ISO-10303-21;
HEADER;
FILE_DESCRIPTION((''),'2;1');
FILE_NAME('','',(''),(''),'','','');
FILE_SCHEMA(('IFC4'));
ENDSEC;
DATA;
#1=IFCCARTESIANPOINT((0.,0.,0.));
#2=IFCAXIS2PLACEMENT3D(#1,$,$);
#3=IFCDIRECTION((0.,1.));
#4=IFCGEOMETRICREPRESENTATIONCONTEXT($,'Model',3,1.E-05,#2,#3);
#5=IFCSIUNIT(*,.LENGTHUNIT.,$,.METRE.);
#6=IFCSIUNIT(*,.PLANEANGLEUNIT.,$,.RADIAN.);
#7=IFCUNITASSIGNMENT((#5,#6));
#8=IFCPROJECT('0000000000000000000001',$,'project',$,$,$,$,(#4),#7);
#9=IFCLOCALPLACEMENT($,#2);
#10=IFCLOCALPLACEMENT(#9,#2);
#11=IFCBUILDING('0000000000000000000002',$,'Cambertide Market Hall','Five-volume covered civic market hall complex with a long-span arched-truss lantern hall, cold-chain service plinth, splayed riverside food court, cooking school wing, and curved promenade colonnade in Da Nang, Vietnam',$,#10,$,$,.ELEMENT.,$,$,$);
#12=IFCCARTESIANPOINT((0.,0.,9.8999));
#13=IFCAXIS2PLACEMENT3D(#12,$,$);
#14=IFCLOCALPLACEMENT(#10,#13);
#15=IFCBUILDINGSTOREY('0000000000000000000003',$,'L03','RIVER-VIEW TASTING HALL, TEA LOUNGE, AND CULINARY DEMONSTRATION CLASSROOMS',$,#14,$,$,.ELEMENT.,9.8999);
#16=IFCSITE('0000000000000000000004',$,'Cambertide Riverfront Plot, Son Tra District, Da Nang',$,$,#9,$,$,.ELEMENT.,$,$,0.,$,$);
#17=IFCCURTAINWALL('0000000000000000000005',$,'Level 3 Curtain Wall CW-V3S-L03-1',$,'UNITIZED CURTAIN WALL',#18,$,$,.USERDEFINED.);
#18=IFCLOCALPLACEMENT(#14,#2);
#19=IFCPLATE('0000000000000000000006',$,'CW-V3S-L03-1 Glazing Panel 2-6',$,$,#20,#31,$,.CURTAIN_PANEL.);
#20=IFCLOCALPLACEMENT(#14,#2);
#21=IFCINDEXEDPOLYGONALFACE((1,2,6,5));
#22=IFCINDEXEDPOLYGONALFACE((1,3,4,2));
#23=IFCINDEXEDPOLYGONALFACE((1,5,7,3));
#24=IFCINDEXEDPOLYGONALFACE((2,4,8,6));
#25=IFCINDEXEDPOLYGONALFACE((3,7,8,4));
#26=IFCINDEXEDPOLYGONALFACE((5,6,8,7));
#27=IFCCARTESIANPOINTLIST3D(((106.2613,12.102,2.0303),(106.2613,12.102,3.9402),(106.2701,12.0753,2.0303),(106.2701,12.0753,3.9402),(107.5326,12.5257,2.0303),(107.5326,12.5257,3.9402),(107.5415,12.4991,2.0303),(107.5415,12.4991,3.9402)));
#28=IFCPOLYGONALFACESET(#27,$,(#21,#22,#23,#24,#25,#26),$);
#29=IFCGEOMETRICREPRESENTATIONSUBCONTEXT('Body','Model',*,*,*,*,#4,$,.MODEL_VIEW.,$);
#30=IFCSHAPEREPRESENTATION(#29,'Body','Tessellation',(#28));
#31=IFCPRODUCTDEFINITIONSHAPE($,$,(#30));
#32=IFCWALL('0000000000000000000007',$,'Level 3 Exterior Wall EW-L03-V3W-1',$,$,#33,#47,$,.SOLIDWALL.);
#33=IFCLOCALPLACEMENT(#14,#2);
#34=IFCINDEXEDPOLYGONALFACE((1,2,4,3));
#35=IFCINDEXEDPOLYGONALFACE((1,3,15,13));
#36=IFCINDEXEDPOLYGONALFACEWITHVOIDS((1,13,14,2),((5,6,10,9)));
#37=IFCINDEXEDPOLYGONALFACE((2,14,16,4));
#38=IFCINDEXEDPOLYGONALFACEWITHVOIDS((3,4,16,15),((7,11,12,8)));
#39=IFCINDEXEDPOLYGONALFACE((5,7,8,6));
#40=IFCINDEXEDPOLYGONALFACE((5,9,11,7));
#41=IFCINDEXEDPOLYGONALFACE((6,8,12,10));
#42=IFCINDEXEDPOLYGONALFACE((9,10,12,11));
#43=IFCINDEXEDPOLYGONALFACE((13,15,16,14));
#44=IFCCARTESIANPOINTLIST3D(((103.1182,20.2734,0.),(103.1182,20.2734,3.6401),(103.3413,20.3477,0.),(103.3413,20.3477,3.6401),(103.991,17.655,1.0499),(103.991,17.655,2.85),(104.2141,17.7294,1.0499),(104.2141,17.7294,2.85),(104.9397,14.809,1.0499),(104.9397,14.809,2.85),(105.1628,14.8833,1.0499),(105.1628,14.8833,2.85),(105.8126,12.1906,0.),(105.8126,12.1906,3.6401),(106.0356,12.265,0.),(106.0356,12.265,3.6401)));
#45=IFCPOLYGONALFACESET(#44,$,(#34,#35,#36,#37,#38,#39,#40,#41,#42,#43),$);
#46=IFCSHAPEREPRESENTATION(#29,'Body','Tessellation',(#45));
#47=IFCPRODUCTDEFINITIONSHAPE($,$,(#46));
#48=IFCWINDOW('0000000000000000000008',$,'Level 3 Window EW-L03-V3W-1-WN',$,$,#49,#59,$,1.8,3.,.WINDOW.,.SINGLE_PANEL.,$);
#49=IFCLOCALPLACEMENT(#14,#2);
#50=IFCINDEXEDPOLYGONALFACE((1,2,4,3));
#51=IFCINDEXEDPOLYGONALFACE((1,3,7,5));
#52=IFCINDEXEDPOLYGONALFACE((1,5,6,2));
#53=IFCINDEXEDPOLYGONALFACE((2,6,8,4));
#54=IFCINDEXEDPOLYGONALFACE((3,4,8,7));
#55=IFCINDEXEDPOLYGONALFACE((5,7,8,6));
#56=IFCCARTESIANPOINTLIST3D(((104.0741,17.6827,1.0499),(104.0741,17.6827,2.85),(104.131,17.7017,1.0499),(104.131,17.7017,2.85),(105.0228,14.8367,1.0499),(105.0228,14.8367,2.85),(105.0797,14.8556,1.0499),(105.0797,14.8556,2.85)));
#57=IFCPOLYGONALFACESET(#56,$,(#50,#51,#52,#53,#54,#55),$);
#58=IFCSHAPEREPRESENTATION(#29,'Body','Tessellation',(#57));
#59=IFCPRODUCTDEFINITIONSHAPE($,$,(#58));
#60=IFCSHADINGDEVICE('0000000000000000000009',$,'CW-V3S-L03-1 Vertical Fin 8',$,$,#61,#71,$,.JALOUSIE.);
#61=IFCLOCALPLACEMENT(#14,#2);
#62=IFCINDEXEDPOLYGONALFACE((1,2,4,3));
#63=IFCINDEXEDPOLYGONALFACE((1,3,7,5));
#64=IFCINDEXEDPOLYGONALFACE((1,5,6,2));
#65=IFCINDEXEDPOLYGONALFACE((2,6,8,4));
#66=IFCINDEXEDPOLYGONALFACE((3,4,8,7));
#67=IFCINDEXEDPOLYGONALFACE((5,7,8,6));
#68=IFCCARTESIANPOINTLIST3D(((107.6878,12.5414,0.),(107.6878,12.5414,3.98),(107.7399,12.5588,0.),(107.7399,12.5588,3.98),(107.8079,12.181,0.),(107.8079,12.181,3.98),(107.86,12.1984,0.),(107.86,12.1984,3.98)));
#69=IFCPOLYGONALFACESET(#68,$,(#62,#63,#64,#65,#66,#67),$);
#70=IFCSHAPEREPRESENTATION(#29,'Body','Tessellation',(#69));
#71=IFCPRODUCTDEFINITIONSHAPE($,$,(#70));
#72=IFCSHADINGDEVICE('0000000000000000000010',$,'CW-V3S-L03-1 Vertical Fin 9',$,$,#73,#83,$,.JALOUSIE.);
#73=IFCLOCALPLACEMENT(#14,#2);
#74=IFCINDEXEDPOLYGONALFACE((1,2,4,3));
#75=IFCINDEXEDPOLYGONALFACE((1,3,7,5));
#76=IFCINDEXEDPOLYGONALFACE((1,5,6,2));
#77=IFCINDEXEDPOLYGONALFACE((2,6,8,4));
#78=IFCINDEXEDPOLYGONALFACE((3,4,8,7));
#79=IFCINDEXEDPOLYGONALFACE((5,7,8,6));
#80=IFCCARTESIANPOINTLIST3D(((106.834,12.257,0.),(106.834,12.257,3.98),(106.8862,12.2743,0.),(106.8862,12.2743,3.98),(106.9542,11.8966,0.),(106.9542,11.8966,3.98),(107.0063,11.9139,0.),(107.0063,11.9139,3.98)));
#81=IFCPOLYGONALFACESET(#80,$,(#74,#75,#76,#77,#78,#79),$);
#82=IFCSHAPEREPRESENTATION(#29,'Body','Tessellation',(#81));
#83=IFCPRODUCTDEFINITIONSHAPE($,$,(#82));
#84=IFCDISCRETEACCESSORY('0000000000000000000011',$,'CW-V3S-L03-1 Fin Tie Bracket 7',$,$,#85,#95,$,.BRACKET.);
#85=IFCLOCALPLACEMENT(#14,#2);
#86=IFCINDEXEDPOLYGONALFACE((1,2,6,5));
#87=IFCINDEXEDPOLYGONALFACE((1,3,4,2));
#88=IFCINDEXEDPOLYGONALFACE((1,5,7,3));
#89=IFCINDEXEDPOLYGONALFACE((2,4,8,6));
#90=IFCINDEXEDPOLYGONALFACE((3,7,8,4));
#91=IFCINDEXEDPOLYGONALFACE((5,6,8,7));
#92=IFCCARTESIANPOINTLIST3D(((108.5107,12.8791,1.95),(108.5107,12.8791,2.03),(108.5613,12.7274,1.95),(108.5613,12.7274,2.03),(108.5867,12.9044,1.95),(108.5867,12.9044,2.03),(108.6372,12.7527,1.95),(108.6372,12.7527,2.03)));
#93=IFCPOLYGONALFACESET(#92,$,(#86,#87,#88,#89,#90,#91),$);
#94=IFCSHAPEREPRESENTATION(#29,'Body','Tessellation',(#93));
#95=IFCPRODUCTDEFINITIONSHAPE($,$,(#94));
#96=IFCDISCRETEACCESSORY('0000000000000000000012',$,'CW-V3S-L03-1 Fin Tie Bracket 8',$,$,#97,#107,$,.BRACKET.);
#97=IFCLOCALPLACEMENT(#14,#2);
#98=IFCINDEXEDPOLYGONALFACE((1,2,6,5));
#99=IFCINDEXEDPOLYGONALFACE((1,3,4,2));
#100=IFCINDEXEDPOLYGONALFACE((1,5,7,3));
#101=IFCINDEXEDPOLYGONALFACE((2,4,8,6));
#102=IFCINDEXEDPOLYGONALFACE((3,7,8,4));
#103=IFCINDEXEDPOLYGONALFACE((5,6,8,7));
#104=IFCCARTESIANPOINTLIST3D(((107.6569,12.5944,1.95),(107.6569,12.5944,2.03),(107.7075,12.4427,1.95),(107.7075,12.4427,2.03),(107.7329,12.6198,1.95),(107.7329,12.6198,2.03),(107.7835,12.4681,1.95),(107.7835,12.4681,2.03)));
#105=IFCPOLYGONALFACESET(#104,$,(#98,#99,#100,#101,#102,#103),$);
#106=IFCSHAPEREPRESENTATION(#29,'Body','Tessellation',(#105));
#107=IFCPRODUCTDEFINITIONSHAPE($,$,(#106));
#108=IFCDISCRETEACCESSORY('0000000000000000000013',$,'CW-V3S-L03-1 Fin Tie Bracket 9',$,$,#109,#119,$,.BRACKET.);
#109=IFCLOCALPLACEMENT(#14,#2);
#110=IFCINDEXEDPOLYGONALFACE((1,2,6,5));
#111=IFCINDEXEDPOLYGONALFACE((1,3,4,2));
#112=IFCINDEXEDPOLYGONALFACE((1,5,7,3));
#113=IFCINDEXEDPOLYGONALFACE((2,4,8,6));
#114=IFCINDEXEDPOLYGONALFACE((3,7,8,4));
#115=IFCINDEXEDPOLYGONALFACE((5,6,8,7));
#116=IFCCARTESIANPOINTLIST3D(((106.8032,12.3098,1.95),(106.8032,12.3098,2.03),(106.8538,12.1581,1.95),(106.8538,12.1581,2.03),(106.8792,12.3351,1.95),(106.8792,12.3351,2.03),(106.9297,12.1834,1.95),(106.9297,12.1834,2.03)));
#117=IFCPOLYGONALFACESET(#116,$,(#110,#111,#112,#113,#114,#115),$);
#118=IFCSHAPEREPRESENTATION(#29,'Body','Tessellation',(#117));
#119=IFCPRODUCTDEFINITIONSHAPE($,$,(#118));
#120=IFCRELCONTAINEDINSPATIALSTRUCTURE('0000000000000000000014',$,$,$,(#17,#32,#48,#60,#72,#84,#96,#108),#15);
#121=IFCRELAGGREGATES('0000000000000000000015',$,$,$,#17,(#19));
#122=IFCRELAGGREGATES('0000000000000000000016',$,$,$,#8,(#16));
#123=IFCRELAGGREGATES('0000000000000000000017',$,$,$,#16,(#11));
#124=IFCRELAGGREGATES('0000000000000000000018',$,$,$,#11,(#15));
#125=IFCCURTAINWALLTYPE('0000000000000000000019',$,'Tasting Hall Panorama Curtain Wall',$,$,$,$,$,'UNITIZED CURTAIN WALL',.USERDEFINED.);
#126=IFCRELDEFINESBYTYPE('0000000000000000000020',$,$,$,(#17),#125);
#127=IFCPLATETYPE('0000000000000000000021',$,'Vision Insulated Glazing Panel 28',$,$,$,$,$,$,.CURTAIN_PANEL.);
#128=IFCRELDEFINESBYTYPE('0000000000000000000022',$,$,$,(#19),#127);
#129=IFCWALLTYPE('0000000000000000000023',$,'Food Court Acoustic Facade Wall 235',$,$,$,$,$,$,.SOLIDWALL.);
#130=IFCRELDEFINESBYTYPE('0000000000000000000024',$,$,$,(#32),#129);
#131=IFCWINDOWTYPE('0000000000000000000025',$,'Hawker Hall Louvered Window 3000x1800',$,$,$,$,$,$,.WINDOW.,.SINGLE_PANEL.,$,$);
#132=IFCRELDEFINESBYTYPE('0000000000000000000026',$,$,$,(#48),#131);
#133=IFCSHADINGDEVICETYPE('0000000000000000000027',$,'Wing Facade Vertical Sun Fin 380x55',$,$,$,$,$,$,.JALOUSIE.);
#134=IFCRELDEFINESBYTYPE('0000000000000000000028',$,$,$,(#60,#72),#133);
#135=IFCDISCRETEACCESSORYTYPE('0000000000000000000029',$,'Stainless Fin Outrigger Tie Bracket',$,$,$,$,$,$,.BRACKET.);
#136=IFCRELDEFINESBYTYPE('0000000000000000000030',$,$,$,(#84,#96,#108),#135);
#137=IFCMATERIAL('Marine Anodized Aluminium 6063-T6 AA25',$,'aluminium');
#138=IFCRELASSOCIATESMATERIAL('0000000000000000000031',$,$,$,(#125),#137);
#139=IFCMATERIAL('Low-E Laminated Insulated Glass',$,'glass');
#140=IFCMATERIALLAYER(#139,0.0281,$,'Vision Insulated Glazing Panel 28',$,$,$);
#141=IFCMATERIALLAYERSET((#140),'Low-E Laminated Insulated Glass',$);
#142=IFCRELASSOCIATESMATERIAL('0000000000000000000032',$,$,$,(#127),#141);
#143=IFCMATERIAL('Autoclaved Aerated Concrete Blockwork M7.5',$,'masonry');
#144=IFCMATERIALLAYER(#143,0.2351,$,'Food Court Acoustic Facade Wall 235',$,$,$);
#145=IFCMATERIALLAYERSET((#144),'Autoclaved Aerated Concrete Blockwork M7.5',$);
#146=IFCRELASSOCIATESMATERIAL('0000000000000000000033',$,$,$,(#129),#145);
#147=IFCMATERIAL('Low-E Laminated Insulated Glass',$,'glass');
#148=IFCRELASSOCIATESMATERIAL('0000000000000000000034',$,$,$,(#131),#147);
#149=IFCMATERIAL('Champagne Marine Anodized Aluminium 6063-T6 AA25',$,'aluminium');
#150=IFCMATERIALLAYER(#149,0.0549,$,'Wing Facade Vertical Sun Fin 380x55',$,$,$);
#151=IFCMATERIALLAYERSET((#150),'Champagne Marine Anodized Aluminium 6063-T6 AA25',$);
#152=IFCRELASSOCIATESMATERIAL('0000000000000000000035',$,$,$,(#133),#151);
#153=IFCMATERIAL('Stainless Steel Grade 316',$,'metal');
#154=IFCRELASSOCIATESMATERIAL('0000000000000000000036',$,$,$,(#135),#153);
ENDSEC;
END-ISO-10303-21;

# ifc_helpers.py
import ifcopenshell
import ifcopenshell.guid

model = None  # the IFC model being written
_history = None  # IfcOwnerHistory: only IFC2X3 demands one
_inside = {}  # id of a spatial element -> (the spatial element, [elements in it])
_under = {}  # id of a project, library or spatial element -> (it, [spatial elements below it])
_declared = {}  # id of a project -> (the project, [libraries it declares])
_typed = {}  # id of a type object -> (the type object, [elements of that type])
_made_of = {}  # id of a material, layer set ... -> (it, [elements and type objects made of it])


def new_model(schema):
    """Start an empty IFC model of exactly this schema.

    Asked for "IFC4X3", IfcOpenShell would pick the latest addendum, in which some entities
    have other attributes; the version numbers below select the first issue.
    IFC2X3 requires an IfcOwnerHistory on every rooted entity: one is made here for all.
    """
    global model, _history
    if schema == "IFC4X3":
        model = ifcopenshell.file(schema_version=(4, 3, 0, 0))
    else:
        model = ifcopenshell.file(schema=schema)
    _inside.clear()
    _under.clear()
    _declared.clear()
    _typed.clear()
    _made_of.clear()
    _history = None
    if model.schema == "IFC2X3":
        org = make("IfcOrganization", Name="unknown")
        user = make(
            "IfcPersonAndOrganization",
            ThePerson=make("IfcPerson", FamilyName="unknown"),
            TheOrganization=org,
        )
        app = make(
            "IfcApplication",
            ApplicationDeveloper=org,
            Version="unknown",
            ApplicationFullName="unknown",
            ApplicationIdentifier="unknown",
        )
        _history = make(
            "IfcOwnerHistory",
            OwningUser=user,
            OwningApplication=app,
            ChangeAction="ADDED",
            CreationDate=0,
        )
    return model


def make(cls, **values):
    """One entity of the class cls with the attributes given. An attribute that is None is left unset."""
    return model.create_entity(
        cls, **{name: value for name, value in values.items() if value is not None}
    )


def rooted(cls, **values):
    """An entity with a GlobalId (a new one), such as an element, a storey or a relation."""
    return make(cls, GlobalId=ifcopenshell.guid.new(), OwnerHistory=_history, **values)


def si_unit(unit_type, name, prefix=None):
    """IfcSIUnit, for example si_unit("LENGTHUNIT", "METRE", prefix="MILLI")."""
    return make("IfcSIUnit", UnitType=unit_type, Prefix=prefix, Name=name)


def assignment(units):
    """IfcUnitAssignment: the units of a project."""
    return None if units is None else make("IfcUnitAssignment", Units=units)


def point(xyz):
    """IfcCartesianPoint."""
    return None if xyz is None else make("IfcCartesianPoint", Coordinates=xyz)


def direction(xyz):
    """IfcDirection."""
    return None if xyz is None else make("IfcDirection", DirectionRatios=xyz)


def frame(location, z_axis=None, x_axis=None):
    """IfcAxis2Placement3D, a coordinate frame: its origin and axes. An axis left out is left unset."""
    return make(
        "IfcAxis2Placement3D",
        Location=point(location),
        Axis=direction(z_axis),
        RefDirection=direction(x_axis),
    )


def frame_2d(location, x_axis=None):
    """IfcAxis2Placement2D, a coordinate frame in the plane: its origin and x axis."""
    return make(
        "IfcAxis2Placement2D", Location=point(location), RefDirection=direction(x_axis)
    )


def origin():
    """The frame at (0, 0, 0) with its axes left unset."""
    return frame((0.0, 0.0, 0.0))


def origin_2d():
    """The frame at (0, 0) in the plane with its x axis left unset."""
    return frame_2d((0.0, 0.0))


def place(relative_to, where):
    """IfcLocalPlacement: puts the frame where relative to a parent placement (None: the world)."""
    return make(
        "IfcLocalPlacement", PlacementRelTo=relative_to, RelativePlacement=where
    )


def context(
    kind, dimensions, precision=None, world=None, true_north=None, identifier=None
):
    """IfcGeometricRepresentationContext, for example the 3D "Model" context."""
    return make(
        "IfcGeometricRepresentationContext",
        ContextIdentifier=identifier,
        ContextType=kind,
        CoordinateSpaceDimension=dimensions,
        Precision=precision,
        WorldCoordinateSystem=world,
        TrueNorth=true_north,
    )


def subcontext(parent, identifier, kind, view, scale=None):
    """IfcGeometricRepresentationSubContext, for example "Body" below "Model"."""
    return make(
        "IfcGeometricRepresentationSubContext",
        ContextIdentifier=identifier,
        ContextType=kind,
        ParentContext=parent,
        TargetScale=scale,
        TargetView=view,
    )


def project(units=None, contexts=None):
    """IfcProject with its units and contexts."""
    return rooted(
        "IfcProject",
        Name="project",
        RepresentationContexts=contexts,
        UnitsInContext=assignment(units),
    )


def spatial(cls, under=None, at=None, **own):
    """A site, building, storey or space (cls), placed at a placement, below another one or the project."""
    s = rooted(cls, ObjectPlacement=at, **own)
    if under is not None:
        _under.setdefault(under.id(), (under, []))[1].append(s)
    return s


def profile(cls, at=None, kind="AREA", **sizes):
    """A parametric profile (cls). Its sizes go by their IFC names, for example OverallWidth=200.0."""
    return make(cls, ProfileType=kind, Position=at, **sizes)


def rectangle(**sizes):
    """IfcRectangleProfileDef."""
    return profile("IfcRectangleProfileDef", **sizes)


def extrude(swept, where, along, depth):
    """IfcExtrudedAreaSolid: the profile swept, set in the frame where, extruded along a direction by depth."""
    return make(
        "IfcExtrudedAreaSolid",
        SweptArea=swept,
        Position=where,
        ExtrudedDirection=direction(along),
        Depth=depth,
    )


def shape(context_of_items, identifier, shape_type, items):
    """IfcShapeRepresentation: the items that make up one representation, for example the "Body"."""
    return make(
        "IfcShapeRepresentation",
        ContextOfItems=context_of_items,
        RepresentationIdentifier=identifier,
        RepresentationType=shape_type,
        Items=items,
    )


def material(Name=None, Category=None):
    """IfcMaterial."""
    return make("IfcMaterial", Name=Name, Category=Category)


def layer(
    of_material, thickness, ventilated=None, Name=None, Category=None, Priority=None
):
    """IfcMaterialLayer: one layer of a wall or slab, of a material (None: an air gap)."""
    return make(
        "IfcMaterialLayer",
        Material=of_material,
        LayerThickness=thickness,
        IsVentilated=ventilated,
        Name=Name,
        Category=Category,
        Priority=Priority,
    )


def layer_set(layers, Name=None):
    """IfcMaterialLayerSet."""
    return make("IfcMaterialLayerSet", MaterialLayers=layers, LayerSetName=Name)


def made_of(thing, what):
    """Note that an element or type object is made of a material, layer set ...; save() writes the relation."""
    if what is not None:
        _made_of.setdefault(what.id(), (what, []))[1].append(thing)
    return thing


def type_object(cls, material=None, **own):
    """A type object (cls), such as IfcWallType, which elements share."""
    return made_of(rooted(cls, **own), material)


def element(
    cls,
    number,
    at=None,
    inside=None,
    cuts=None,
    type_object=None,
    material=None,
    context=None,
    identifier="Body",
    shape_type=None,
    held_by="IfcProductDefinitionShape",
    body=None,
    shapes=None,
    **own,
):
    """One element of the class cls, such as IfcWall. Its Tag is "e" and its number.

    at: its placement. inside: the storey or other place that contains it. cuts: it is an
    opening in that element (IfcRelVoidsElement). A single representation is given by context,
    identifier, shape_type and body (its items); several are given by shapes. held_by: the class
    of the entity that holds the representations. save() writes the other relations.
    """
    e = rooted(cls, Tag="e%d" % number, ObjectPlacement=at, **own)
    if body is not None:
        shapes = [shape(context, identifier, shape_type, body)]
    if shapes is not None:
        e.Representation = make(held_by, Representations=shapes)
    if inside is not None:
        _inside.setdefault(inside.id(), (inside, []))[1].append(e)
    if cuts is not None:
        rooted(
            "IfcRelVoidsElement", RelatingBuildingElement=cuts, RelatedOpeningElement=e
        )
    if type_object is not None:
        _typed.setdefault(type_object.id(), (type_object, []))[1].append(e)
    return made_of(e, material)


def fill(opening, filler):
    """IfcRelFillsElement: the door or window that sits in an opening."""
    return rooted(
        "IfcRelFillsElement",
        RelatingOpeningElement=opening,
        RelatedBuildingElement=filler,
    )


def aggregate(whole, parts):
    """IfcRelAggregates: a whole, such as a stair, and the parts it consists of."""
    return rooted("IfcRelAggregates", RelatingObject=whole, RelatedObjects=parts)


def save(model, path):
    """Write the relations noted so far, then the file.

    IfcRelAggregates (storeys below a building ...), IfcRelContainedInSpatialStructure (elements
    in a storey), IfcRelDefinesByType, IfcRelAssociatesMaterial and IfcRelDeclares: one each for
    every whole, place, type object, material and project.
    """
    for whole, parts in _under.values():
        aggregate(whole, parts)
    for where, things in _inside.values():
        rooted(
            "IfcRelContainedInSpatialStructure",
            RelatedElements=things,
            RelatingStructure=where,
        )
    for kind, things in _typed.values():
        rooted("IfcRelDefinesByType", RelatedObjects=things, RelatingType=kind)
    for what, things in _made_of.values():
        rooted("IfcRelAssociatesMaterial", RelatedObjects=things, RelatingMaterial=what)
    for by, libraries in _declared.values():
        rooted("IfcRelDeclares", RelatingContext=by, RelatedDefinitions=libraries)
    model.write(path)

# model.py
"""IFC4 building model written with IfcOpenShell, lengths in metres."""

from ifc_helpers import new_model, si_unit, direction, frame, frame_2d, origin, origin_2d, place, context, subcontext, project, spatial, rectangle, extrude, material, layer, layer_set, type_object, element, fill, aggregate, save


model = new_model("IFC4")

# Units and contexts
model_context = context("Model", 3, precision=1e-05, world=origin(), true_north=direction((0.0, 1.0)))
body_context = subcontext(model_context, "Body", "Model", "MODEL_VIEW")
ifc_project = project(units=[si_unit("LENGTHUNIT", "METRE"), si_unit("PLANEANGLEUNIT", "RADIAN")], contexts=[model_context])

# Site, building, storey
site_placement = place(None, origin())
site = spatial("IfcSite", under=ifc_project, at=site_placement, Name="Cambertide Riverfront Plot, Son Tra District, Da Nang", CompositionType="ELEMENT", RefElevation=0.0)
building_placement = place(site_placement, origin())
building = spatial("IfcBuilding", under=site, at=building_placement, Name="Cambertide Market Hall", Description="Five-volume covered civic market hall complex with a long-span arched-truss lantern hall, cold-chain service plinth, splayed riverside food court, cooking school wing, and curved promenade colonnade in Da Nang, Vietnam", CompositionType="ELEMENT")
storey_placement = place(building_placement, frame((0.0, 0.0, 9.8999)))
storey = spatial("IfcBuildingStorey", under=building, at=storey_placement, Name="L03", Description="RIVER-VIEW TASTING HALL, TEA LOUNGE, AND CULINARY DEMONSTRATION CLASSROOMS", CompositionType="ELEMENT", Elevation=9.8999)

# Curtain wall
ifc_material_1 = material(Name="Marine Anodized Aluminium 6063-T6 AA25", Category="aluminium")
curtain_wall_type = type_object("IfcCurtainWallType", Name="Tasting Hall Panorama Curtain Wall", ElementType="UNITIZED CURTAIN WALL", PredefinedType="USERDEFINED", material=ifc_material_1)
curtain_wall_placement = place(storey_placement, origin())
curtain_wall = element("IfcCurtainWall", 1, at=curtain_wall_placement, inside=storey, type_object=curtain_wall_type, Name="Level 3 Curtain Wall CW-V3S-L03-1", ObjectType="UNITIZED CURTAIN WALL", PredefinedType="USERDEFINED")

# Plate
ifc_material_2 = material(Name="Low-E Laminated Insulated Glass", Category="glass")
ifc_layer_1 = layer(ifc_material_2, 0.0281, Name="Vision Insulated Glazing Panel 28")
ifc_layer_set_1 = layer_set([ifc_layer_1], Name="Low-E Laminated Insulated Glass")
plate_type = type_object("IfcPlateType", Name="Vision Insulated Glazing Panel 28", PredefinedType="CURTAIN_PANEL", material=ifc_layer_set_1)
plate_1_placement = place(storey_placement, frame((106.9014, 12.3005, 2.0303), z_axis=(0.0, 0.0, 1.0), x_axis=(-0.948683, -0.316228, 0.0)))
plate_1 = element("IfcPlate", 2, at=plate_1_placement, type_object=plate_type, Name="CW-V3S-L03-1 Glazing Panel 2-6", PredefinedType="CURTAIN_PANEL", context=body_context, shape_type="SweptSolid", body=[
    extrude(rectangle(XDim=1.3401, YDim=0.0281, at=origin_2d()), origin(), (0.0, 0.0, 1.0), 1.9099),
])
aggregate(curtain_wall, [plate_1])

# Wall, opening, window
ifc_material_3 = material(Name="Autoclaved Aerated Concrete Blockwork M7.5", Category="masonry")
ifc_layer_2 = layer(ifc_material_3, 0.2351, Name="Food Court Acoustic Facade Wall 235")
ifc_layer_set_2 = layer_set([ifc_layer_2], Name="Autoclaved Aerated Concrete Blockwork M7.5")
wall_type = type_object("IfcWallType", Name="Food Court Acoustic Facade Wall 235", PredefinedType="SOLIDWALL", material=ifc_layer_set_2)
wall_placement = place(storey_placement, frame((105.9241, 12.2278, 0.0), z_axis=(0.0, 0.0, 1.0), x_axis=(-0.316236, 0.94868, 0.0)))
wall = element("IfcWall", 3, at=wall_placement, inside=storey, type_object=wall_type, Name="Level 3 Exterior Wall EW-L03-V3W-1", PredefinedType="SOLIDWALL", context=body_context, shape_type="SweptSolid", body=[
    extrude(rectangle(XDim=8.52, YDim=0.2351, at=frame_2d((4.26, 0.0))), origin(), (0.0, 0.0, 1.0), 3.6401),
])
opening_placement = place(wall_placement, frame((2.76, 0.0, 1.05)))
opening = element("IfcOpeningElement", 4, at=opening_placement, cuts=wall, PredefinedType="OPENING", context=body_context, shape_type="SweptSolid", body=[
    extrude(rectangle(XDim=3.0, YDim=1.8, at=frame_2d((1.5, 0.8999))), frame((0.0, 0.1274, 0.0), z_axis=(0.0, -1.0, 0.0), x_axis=(1.0, 0.0, 0.0)), (0.0, 0.0, 1.0), 0.2551),
])
ifc_material_4 = material(Name="Low-E Laminated Insulated Glass", Category="glass")
window_type = type_object("IfcWindowType", Name="Hawker Hall Louvered Window 3000x1800", PartitioningType="SINGLE_PANEL", PredefinedType="WINDOW", material=ifc_material_4)
window_placement = place(opening_placement, origin())
window = element("IfcWindow", 5, at=window_placement, inside=storey, type_object=window_type, Name="Level 3 Window EW-L03-V3W-1-WN", OverallHeight=1.8, OverallWidth=3.0, PartitioningType="SINGLE_PANEL", PredefinedType="WINDOW", context=body_context, shape_type="SweptSolid", body=[
    extrude(rectangle(XDim=3.0, YDim=1.8, at=frame_2d((1.5, 0.8999))), frame((0.0, 0.03, 0.0), z_axis=(0.0, -1.0, 0.0), x_axis=(1.0, 0.0, 0.0)), (0.0, 0.0, 1.0), 0.0601),
])
fill(opening, window)

# Shading devices
ifc_material_5 = material(Name="Champagne Marine Anodized Aluminium 6063-T6 AA25", Category="aluminium")
ifc_layer_3 = layer(ifc_material_5, 0.0549, Name="Wing Facade Vertical Sun Fin 380x55")
ifc_layer_set_3 = layer_set([ifc_layer_3], Name="Champagne Marine Anodized Aluminium 6063-T6 AA25")
shading_device_type = type_object("IfcShadingDeviceType", Name="Wing Facade Vertical Sun Fin 380x55", PredefinedType="JALOUSIE", material=ifc_layer_set_3)
for number, where, z_axis, x_axis, name in (
    (6, (107.7739, 12.3699, 0.0), (0.0, 0.0, 1.0), (-0.948683, -0.316228, 0.0), "CW-V3S-L03-1 Vertical Fin 8"),
    (7, (106.9202, 12.0854, 0.0), (0.0, 0.0, 1.0), (-0.948683, -0.316228, 0.0), "CW-V3S-L03-1 Vertical Fin 9"),
):
    element("IfcShadingDevice", number, at=place(storey_placement, frame(where, z_axis=z_axis, x_axis=x_axis)), inside=storey, type_object=shading_device_type, Name=name, PredefinedType="JALOUSIE", context=body_context, shape_type="SweptSolid", body=[
        extrude(rectangle(XDim=0.0549, YDim=0.3799, at=origin_2d()), origin(), (0.0, 0.0, 1.0), 3.98),
    ])

# Discrete accessories
ifc_material_6 = material(Name="Stainless Steel Grade 316", Category="metal")
discrete_accessory_type = type_object("IfcDiscreteAccessoryType", Name="Stainless Fin Outrigger Tie Bracket", PredefinedType="BRACKET", material=ifc_material_6)
for number, where, z_axis, x_axis, name in (
    (8, (108.574, 12.8159, 1.95), (0.0, 0.0, 1.0), (-0.948683, -0.316228, 0.0), "CW-V3S-L03-1 Fin Tie Bracket 7"),
    (9, (107.7202, 12.5312, 1.95), (0.0, 0.0, 1.0), (-0.948683, -0.316228, 0.0), "CW-V3S-L03-1 Fin Tie Bracket 8"),
    (10, (106.8665, 12.2466, 1.95), (0.0, 0.0, 1.0), (-0.948683, -0.316228, 0.0), "CW-V3S-L03-1 Fin Tie Bracket 9"),
):
    element("IfcDiscreteAccessory", number, at=place(storey_placement, frame(where, z_axis=z_axis, x_axis=x_axis)), inside=storey, type_object=discrete_accessory_type, Name=name, PredefinedType="BRACKET", context=body_context, shape_type="SweptSolid", body=[
        extrude(rectangle(XDim=0.0801, YDim=0.1599, at=origin_2d()), origin(), (0.0, 0.0, 1.0), 0.0801),
    ])

save(model, "model.ifc")
